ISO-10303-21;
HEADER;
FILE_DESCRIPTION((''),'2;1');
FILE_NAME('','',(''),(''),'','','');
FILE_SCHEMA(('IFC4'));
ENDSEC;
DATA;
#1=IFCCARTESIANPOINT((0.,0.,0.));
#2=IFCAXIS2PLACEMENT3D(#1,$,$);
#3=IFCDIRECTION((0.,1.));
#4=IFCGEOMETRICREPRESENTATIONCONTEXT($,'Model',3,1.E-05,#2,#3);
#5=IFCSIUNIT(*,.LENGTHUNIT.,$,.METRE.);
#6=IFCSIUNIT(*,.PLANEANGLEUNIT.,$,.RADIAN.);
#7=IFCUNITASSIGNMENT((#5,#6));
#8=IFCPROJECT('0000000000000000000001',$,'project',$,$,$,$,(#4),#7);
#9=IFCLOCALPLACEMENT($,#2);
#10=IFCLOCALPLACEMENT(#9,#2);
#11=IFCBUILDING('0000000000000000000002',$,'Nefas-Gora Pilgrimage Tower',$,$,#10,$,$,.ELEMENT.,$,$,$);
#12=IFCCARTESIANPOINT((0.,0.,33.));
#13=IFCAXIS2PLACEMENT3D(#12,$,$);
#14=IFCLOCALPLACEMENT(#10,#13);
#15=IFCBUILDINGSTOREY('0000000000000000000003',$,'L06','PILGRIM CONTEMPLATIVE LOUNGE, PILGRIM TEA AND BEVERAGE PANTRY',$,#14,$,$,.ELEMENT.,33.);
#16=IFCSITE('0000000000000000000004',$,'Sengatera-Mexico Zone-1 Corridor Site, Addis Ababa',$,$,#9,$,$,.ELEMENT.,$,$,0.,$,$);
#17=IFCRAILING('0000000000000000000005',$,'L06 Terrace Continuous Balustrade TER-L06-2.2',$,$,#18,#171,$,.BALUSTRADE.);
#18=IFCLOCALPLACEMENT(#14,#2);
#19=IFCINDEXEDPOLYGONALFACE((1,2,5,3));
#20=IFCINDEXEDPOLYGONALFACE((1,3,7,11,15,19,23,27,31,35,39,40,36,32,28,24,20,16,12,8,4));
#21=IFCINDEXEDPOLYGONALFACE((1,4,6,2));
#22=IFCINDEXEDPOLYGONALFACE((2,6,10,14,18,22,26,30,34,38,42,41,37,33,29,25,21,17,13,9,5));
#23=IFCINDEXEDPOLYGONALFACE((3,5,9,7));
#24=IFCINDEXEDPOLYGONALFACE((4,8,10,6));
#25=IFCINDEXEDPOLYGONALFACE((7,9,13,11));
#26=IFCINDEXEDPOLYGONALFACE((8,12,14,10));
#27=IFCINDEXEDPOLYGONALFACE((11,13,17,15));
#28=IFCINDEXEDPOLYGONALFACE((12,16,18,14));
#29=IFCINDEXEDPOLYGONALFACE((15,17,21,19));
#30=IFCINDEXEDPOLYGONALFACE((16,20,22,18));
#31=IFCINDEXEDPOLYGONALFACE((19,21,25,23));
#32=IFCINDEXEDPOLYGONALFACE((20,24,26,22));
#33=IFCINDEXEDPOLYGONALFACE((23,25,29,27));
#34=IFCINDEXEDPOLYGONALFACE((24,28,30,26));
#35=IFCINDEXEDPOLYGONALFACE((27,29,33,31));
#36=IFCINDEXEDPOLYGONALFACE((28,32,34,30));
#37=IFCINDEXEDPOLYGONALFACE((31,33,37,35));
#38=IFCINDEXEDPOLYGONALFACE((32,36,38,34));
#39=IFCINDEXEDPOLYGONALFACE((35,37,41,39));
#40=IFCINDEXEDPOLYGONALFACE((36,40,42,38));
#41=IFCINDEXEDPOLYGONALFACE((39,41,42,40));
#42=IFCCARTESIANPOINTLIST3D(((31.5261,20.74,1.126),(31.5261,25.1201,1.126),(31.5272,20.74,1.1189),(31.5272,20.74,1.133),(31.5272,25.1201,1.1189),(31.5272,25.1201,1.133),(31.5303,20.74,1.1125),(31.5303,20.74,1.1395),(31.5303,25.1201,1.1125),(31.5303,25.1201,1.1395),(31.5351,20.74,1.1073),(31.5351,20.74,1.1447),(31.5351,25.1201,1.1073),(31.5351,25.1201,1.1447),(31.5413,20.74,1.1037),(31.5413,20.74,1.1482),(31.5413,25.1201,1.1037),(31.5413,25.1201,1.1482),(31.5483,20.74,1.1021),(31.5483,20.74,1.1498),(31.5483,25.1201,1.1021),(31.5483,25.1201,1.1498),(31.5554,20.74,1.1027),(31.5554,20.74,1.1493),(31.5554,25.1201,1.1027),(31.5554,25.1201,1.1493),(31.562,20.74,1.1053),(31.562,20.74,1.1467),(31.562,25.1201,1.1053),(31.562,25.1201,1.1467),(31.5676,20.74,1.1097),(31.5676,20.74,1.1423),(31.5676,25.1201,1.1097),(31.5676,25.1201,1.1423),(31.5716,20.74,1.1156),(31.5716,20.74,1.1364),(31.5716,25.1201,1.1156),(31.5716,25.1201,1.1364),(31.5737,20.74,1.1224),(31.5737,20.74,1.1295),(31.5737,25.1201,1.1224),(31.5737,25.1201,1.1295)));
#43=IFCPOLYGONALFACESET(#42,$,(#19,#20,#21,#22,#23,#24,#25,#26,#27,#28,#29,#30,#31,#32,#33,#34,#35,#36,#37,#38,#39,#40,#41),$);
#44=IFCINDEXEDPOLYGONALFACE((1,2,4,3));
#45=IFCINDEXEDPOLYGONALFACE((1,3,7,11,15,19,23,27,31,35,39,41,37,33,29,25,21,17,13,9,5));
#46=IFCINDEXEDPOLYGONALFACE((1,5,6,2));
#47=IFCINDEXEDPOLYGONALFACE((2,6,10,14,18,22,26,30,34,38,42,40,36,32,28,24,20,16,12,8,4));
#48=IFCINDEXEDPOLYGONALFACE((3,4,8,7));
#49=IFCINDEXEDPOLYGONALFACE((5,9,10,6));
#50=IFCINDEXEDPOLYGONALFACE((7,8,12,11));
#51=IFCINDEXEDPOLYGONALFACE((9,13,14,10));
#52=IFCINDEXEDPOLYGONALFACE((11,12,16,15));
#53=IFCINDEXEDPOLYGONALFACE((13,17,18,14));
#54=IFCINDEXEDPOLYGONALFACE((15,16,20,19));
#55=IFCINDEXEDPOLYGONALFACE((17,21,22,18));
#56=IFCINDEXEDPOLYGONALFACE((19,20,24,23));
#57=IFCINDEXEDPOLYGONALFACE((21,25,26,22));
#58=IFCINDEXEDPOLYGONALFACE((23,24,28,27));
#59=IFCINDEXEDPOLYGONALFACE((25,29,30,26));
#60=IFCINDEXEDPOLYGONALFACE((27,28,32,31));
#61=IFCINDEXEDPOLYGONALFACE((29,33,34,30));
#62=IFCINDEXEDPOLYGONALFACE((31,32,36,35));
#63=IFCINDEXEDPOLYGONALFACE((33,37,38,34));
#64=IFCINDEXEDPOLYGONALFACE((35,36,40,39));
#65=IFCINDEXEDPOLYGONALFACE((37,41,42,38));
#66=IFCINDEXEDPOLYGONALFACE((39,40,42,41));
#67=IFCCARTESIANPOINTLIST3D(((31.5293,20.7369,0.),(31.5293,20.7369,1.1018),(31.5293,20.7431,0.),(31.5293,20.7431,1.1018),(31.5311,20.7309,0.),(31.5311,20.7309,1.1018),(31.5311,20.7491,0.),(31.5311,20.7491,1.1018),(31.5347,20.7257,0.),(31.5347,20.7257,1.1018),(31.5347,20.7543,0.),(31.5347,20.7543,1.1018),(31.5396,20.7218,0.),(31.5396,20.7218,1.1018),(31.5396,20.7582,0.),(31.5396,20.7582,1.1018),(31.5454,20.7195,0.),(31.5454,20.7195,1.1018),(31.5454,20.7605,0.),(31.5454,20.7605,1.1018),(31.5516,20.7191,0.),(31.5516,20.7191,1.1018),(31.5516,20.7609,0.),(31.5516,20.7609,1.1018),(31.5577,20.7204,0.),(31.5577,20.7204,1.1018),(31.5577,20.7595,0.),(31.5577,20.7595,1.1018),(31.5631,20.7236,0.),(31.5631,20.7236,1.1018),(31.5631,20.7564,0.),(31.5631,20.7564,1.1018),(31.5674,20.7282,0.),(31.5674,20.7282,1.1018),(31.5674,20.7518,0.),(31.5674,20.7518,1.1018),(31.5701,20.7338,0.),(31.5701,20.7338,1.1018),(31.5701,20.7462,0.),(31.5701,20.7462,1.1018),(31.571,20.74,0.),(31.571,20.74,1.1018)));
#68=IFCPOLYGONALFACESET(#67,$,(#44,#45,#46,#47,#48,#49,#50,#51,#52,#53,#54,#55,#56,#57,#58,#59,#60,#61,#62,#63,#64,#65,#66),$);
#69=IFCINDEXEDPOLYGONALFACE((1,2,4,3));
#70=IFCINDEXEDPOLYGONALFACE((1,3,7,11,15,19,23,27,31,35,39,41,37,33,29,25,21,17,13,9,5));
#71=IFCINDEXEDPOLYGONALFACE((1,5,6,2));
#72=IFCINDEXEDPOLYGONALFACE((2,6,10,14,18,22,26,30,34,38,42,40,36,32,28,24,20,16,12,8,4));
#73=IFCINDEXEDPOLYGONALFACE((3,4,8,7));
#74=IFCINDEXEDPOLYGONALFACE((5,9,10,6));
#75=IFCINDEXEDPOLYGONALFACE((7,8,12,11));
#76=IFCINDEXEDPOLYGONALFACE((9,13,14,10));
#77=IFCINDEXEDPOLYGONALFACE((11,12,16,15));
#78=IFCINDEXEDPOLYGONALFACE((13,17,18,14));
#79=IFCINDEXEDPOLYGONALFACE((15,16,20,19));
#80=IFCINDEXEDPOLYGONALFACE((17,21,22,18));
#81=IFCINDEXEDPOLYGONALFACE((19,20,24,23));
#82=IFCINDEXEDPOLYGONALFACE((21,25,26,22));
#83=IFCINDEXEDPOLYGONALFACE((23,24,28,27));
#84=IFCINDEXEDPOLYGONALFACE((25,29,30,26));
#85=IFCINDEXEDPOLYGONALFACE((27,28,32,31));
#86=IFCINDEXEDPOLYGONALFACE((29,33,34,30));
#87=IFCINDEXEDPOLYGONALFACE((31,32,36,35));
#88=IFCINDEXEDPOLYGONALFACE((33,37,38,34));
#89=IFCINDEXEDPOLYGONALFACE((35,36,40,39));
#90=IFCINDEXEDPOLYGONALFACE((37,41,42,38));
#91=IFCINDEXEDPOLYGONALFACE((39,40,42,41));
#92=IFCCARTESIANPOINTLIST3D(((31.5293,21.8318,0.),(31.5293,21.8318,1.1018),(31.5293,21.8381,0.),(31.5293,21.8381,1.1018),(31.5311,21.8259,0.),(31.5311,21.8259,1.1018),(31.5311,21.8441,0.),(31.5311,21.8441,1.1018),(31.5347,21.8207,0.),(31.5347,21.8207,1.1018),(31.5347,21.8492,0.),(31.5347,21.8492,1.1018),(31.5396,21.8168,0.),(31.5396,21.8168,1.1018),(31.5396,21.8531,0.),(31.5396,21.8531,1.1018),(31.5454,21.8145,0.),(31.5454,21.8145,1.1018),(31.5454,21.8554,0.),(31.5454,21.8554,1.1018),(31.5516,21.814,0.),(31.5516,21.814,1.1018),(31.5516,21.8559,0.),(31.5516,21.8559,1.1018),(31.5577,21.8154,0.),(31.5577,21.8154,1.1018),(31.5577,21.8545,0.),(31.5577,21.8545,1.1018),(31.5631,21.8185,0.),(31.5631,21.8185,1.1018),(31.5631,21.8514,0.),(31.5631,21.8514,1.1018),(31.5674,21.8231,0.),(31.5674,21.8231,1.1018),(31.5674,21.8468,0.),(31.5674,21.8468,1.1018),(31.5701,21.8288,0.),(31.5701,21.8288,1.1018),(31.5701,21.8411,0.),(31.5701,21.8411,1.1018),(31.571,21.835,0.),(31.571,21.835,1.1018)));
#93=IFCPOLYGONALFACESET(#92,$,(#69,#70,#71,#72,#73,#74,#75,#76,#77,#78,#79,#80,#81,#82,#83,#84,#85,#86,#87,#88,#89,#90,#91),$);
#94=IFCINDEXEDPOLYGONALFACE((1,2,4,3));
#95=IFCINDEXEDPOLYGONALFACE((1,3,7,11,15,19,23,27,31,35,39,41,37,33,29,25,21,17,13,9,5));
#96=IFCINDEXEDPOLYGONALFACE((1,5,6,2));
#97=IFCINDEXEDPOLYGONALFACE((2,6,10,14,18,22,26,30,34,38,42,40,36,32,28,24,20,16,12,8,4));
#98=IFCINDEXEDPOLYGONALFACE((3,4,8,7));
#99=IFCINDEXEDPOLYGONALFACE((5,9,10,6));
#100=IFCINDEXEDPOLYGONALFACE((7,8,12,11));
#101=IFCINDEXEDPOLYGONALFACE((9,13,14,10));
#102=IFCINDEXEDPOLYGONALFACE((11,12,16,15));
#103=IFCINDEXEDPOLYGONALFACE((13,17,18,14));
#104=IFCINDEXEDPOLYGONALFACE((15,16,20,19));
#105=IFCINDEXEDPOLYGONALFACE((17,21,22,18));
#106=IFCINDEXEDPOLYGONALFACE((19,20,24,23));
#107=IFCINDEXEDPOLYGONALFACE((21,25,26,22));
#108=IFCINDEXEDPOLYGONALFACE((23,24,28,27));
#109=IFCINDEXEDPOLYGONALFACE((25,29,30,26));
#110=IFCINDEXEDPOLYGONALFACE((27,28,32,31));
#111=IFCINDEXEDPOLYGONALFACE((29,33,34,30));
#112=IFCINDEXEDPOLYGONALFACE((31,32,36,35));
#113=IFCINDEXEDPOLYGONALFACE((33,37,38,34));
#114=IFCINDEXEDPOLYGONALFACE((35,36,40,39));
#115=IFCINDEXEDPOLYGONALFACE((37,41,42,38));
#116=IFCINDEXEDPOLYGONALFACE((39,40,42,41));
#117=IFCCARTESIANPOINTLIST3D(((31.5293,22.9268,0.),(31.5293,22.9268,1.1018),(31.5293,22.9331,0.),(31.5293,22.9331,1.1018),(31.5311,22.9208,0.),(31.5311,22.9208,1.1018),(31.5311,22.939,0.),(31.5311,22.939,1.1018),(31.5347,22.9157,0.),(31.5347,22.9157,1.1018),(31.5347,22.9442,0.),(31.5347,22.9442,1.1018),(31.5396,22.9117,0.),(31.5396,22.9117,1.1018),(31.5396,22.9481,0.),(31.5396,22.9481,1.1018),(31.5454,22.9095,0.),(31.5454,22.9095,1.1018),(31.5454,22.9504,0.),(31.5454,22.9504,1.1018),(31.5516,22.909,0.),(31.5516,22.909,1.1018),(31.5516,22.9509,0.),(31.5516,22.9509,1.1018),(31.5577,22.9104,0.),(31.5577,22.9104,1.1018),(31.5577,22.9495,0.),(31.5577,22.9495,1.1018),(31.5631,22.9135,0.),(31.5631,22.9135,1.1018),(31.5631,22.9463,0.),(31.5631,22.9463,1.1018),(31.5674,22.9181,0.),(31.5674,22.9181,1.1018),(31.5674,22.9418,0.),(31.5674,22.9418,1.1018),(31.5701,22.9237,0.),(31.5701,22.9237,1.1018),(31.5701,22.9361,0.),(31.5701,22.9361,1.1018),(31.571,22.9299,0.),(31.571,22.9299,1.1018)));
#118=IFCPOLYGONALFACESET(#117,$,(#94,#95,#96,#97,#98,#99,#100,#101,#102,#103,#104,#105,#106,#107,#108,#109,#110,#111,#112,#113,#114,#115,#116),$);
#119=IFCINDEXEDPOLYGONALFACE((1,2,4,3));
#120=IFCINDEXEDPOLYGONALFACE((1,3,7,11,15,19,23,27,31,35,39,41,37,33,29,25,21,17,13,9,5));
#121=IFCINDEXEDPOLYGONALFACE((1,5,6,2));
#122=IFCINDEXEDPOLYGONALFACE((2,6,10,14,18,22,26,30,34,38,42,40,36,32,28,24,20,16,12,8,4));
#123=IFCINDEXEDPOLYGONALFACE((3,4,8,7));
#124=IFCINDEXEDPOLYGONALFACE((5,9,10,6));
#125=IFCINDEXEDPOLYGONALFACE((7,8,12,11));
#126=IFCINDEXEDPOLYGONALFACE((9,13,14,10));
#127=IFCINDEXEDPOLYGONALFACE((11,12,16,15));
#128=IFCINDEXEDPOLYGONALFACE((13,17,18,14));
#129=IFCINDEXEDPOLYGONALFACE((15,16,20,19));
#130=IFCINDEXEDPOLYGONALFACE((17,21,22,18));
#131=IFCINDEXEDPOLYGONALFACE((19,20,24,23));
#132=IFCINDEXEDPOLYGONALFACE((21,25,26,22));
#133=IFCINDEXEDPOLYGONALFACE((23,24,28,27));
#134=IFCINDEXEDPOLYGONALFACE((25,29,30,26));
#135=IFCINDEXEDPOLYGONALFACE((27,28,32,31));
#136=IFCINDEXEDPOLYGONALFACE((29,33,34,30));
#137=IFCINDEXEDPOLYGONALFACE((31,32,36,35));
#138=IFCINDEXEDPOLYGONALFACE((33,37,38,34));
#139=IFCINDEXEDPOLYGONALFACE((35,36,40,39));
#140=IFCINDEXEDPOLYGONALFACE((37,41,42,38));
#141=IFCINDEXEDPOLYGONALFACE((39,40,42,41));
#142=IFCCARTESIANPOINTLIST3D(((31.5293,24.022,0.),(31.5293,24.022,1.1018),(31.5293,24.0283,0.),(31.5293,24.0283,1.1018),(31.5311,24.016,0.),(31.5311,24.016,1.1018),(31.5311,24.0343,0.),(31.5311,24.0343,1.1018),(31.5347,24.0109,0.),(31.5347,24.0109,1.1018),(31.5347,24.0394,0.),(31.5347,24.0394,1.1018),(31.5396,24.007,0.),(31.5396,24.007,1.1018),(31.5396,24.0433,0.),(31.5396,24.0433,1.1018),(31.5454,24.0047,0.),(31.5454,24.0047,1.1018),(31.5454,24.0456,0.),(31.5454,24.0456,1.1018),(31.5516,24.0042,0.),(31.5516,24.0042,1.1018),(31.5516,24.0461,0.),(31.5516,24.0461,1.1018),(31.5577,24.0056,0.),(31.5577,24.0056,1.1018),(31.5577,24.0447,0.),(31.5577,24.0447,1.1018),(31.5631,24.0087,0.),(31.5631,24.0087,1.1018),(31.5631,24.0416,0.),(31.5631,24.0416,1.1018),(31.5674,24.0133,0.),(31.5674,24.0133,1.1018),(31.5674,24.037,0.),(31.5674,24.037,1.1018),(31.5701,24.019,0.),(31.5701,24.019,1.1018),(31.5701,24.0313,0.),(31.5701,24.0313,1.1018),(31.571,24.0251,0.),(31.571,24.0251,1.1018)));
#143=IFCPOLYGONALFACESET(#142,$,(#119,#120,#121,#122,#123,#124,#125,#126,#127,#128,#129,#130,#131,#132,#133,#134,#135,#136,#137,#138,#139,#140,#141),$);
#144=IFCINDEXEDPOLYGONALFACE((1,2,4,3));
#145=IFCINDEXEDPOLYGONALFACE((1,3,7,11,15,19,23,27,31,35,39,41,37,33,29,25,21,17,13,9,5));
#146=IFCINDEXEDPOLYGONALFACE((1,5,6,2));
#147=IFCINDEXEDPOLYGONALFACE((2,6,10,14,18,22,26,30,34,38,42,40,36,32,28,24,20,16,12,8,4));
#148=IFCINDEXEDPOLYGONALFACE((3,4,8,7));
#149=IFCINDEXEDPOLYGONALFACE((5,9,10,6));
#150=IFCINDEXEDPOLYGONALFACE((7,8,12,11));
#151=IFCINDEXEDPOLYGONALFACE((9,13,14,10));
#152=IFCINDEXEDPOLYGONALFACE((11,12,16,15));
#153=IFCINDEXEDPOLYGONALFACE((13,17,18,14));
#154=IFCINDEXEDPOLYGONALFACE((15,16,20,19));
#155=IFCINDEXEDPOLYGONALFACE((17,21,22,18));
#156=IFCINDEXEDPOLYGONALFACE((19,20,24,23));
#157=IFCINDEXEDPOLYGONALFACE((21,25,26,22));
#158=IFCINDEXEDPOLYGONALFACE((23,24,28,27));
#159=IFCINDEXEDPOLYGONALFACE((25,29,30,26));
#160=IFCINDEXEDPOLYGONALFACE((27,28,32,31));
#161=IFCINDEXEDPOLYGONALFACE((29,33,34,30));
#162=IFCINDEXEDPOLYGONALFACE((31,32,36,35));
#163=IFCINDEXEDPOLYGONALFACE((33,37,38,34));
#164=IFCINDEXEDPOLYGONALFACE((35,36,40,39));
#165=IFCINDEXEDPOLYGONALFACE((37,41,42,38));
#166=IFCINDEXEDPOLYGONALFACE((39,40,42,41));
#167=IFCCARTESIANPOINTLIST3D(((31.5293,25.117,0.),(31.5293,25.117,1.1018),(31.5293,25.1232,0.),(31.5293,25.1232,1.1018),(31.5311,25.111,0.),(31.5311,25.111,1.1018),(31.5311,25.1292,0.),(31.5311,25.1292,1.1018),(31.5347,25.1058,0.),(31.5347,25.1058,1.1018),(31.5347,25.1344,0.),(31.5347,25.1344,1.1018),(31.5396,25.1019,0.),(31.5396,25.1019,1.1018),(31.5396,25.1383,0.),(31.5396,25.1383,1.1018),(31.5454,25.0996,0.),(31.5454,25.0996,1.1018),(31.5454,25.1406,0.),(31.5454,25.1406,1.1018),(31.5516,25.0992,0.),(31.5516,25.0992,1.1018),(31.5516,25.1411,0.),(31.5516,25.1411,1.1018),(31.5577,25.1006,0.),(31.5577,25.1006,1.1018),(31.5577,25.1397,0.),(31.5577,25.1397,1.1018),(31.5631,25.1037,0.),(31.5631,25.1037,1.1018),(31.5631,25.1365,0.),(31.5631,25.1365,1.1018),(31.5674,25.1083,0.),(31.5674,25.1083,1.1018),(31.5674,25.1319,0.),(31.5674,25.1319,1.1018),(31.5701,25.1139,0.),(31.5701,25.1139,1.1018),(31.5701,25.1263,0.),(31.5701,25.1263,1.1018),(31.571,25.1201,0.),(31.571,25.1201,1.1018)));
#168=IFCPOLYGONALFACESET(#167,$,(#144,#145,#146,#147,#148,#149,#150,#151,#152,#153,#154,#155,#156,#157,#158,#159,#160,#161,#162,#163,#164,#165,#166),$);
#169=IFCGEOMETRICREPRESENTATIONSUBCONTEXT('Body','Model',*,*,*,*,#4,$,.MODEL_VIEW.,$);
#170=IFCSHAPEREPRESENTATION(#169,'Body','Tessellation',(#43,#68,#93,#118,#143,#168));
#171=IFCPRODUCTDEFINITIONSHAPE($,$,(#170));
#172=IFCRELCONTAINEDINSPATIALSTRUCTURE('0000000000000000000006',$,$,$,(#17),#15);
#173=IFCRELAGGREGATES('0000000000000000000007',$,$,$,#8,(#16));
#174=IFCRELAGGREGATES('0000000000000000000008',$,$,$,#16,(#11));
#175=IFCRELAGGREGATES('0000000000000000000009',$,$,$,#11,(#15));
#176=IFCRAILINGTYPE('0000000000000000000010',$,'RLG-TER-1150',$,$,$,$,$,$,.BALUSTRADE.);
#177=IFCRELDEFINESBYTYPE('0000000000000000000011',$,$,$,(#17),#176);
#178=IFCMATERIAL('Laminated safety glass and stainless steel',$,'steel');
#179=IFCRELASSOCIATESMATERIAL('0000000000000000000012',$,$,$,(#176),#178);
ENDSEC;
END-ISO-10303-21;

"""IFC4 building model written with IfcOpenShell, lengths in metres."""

from ifc_helpers import new_model, si_unit, direction, frame, origin, origin_2d, place, context, subcontext, project, spatial, circle, extrude, material, type_object, element, save


model = new_model("IFC4")

# Units and contexts
model_context = context("Model", 3, precision=1e-05, world=origin(), true_north=direction((0.0, 1.0)))
body_context = subcontext(model_context, "Body", "Model", "MODEL_VIEW")
ifc_project = project(units=[si_unit("LENGTHUNIT", "METRE"), si_unit("PLANEANGLEUNIT", "RADIAN")], contexts=[model_context])

# Site, building, storey
site_placement = place(None, origin())
site = spatial("IfcSite", under=ifc_project, at=site_placement, Name="Sengatera-Mexico Zone-1 Corridor Site, Addis Ababa", CompositionType="ELEMENT", RefElevation=0.0)
building_placement = place(site_placement, origin())
building = spatial("IfcBuilding", under=site, at=building_placement, Name="Nefas-Gora Pilgrimage Tower", CompositionType="ELEMENT")
storey_placement = place(building_placement, frame((0.0, 0.0, 33.0)))
storey = spatial("IfcBuildingStorey", under=building, at=storey_placement, Name="L06", Description="PILGRIM CONTEMPLATIVE LOUNGE, PILGRIM TEA AND BEVERAGE PANTRY", CompositionType="ELEMENT", Elevation=33.0)

# Railing
ifc_material_1 = material(Name="Laminated safety glass and stainless steel", Category="steel")
railing_type = type_object("IfcRailingType", Name="RLG-TER-1150", PredefinedType="BALUSTRADE", material=ifc_material_1)
railing_1_placement = place(storey_placement, frame((31.55, 20.74, 0.0)))
element("IfcRailing", 1, at=railing_1_placement, inside=storey, type_object=railing_type, Name="L06 Terrace Continuous Balustrade TER-L06-2.2", PredefinedType="BALUSTRADE", context=body_context, shape_type="SweptSolid", body=[
    extrude(circle(Radius=0.0239, at=origin_2d()), frame((0.0, 0.0, 1.126), z_axis=(0.0, 1.0, 0.0), x_axis=(-1.0, 0.0, 0.0)), (0.0, 0.0, 1.0), 4.3801),
    extrude(circle(Radius=0.021, at=origin_2d()), origin(), (0.0, 0.0, 1.0), 1.1018),
    extrude(circle(Radius=0.021, at=origin_2d()), frame((0.0, 1.095, 0.0)), (0.0, 0.0, 1.0), 1.1018),
    extrude(circle(Radius=0.021, at=origin_2d()), frame((0.0, 2.1899, 0.0)), (0.0, 0.0, 1.0), 1.1018),
    extrude(circle(Radius=0.021, at=origin_2d()), frame((0.0, 3.2852, 0.0)), (0.0, 0.0, 1.0), 1.1018),
    extrude(circle(Radius=0.021, at=origin_2d()), frame((0.0, 4.3801, 0.0)), (0.0, 0.0, 1.0), 1.1018),
])

save(model, "model.ifc")
